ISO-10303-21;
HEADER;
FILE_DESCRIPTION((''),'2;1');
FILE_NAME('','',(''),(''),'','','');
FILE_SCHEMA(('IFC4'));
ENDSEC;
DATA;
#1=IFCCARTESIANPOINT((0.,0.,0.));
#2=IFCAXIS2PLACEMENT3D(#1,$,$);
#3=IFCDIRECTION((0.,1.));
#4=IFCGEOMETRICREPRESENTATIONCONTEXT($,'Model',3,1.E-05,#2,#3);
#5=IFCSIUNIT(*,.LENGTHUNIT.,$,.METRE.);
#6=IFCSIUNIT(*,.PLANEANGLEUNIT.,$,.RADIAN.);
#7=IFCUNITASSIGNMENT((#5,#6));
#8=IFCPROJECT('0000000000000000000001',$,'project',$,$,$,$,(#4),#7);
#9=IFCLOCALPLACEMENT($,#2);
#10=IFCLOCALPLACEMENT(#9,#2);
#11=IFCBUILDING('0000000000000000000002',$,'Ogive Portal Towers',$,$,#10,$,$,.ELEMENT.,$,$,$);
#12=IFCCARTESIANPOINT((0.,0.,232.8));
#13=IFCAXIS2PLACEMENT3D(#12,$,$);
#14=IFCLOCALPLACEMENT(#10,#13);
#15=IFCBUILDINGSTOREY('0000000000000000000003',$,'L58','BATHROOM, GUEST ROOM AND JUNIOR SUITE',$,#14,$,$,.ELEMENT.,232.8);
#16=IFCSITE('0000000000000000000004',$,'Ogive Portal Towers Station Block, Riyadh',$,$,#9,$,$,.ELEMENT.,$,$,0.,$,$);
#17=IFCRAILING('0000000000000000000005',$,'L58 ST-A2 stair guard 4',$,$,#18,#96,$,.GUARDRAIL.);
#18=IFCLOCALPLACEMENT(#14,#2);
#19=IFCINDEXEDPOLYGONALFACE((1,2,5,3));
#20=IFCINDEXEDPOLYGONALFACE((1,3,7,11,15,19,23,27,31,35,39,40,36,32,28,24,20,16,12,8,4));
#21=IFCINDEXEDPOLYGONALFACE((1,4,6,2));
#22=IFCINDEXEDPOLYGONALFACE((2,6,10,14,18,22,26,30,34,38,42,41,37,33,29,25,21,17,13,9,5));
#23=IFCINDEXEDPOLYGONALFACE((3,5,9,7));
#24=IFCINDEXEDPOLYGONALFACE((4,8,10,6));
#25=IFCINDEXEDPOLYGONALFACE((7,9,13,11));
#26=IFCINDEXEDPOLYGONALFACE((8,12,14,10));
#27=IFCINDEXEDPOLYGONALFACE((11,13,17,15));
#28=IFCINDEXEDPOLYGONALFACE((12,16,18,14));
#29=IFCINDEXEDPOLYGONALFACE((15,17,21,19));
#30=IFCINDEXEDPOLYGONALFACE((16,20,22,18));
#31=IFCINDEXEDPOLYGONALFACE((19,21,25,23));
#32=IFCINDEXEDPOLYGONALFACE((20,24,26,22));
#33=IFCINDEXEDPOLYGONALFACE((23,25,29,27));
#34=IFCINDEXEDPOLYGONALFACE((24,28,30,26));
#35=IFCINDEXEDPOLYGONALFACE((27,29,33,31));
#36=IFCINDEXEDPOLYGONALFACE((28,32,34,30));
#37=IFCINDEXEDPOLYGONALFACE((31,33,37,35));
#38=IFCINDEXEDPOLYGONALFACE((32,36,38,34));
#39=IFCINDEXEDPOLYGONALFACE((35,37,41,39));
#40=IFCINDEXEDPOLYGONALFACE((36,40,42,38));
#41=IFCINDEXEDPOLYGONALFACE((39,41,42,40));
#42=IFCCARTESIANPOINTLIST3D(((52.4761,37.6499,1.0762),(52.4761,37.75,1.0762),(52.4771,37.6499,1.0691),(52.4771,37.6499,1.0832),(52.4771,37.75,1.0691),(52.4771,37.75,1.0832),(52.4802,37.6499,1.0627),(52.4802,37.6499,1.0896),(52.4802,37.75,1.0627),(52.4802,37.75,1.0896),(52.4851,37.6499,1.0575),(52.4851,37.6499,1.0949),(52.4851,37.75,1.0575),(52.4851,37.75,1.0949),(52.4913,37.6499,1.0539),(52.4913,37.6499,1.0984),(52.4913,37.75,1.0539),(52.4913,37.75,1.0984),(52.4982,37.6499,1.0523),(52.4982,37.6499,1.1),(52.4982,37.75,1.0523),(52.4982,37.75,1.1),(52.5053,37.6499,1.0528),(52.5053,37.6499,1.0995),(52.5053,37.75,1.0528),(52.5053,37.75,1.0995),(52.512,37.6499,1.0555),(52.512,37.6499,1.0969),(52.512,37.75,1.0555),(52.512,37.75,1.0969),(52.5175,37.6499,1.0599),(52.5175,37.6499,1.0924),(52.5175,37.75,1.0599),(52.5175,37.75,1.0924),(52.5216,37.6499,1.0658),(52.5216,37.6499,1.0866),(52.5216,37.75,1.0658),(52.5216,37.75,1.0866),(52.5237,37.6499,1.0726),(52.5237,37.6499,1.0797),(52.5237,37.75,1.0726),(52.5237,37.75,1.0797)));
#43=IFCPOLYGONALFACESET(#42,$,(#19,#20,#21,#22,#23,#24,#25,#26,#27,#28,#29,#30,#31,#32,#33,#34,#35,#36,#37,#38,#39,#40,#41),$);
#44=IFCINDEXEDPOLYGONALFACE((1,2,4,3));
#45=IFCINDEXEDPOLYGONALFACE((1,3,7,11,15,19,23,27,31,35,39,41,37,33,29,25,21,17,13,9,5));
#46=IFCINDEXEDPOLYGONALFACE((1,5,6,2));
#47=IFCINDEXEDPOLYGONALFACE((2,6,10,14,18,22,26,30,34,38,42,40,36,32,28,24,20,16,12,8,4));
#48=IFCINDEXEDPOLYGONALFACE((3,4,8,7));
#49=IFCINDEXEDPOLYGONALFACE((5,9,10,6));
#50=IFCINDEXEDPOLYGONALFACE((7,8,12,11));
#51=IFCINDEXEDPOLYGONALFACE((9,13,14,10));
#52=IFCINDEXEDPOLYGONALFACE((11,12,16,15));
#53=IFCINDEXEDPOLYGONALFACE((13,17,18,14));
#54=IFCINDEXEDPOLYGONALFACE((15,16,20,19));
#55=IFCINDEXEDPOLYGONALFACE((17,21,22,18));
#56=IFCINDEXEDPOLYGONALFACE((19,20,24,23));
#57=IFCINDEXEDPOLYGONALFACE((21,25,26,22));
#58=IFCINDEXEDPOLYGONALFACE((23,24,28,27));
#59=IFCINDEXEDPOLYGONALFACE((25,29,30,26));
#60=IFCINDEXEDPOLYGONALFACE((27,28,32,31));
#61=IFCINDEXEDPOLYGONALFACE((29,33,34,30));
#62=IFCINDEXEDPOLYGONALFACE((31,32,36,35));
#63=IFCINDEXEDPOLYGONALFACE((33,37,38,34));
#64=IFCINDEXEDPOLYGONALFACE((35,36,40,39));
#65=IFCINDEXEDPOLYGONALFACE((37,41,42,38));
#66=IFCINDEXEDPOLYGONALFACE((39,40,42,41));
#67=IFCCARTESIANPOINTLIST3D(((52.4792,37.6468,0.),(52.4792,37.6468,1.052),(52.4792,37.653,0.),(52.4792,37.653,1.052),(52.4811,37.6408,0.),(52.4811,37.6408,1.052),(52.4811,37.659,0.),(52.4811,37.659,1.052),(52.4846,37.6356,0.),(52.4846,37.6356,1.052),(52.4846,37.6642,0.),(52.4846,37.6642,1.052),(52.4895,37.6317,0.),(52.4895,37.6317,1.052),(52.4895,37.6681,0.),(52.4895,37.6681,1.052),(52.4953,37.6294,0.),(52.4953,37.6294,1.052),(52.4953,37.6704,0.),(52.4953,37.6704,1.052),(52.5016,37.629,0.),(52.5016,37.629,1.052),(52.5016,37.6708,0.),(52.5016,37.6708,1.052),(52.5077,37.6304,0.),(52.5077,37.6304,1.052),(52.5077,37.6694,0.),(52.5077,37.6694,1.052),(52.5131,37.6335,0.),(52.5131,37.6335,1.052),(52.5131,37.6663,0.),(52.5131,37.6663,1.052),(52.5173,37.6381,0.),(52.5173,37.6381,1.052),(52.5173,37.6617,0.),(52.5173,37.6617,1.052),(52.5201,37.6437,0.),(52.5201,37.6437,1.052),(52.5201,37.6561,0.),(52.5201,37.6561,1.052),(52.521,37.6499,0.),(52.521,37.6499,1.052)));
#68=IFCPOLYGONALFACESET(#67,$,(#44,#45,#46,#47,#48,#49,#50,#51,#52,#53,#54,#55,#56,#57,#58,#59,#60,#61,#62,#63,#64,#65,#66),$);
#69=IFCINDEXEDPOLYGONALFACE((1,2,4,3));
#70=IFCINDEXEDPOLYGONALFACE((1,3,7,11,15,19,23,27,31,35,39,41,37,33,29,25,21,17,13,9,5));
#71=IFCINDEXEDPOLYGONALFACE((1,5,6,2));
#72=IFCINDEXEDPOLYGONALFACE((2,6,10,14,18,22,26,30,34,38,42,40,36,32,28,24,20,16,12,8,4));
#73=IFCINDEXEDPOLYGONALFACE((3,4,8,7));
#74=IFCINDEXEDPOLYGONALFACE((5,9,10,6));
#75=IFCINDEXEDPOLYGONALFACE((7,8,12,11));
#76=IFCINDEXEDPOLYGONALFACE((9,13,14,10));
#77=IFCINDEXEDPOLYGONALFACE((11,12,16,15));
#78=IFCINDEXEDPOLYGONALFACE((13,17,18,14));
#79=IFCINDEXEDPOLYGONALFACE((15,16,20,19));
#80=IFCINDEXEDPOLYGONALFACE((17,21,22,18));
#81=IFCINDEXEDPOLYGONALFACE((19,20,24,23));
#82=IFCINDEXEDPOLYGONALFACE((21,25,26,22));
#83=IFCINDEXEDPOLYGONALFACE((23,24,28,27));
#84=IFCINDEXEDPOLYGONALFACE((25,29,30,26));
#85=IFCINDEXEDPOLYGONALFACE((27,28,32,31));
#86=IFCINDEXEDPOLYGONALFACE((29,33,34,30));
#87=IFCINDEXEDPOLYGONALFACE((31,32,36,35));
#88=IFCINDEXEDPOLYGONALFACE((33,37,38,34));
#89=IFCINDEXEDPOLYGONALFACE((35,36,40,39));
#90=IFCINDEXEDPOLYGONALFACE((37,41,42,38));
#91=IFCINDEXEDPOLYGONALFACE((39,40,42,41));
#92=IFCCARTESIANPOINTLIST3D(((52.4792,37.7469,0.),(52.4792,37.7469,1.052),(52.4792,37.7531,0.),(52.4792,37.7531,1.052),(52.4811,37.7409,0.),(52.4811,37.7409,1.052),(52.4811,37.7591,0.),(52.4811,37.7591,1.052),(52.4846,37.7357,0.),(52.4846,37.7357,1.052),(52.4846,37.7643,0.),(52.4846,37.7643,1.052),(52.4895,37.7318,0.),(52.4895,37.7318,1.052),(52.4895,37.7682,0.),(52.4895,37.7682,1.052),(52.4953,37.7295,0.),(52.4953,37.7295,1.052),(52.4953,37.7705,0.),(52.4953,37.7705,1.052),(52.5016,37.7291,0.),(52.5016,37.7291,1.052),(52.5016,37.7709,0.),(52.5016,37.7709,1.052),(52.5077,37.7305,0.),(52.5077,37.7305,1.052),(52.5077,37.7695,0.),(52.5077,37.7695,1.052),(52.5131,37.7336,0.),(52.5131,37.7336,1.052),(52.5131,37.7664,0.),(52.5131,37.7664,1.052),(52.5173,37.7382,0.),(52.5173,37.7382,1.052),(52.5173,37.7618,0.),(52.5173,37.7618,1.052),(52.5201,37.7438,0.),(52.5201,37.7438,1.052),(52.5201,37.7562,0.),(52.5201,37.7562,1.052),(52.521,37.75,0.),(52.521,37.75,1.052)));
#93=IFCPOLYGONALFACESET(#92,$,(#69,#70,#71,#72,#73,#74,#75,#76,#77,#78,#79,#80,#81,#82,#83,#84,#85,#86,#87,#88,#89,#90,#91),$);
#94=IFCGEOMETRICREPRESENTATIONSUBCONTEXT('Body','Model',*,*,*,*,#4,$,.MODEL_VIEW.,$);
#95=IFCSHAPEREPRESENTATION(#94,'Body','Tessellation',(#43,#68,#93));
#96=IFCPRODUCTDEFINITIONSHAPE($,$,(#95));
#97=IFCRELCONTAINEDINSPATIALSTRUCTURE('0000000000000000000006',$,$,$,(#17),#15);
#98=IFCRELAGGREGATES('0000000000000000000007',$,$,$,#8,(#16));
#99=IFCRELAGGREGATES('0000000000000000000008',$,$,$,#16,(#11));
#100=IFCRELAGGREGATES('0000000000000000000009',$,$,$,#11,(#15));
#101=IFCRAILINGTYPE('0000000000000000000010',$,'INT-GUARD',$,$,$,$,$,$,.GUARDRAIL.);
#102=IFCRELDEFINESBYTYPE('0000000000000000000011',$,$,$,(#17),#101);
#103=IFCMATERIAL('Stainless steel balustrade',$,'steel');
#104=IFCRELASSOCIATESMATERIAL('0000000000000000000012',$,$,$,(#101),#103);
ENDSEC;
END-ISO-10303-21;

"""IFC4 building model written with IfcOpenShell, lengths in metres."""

from ifc_helpers import new_model, si_unit, direction, frame, origin, origin_2d, place, context, subcontext, project, spatial, circle, extrude, material, type_object, element, save


model = new_model("IFC4")

# Units and contexts
model_context = context("Model", 3, precision=1e-05, world=origin(), true_north=direction((0.0, 1.0)))
body_context = subcontext(model_context, "Body", "Model", "MODEL_VIEW")
ifc_project = project(units=[si_unit("LENGTHUNIT", "METRE"), si_unit("PLANEANGLEUNIT", "RADIAN")], contexts=[model_context])

# Site, building, storey
site_placement = place(None, origin())
site = spatial("IfcSite", under=ifc_project, at=site_placement, Name="Ogive Portal Towers Station Block, Riyadh", CompositionType="ELEMENT", RefElevation=0.0)
building_placement = place(site_placement, origin())
building = spatial("IfcBuilding", under=site, at=building_placement, Name="Ogive Portal Towers", CompositionType="ELEMENT")
storey_placement = place(building_placement, frame((0.0, 0.0, 232.8)))
storey = spatial("IfcBuildingStorey", under=building, at=storey_placement, Name="L58", Description="BATHROOM, GUEST ROOM AND JUNIOR SUITE", CompositionType="ELEMENT", Elevation=232.8)

# Railing
ifc_material_1 = material(Name="Stainless steel balustrade", Category="steel")
railing_type_1 = type_object("IfcRailingType", Name="INT-GUARD", PredefinedType="GUARDRAIL", material=ifc_material_1)
railing_1_placement = place(storey_placement, frame((52.5, 37.6499, 0.0)))
element("IfcRailing", 1, at=railing_1_placement, inside=storey, type_object=railing_type_1, Name="L58 ST-A2 stair guard 4", PredefinedType="GUARDRAIL", context=body_context, shape_type="SweptSolid", body=[
    extrude(circle(Radius=0.0239, at=origin_2d()), frame((0.0, 0.0, 1.0762), z_axis=(0.0, 1.0, 0.0), x_axis=(-1.0, 0.0, 0.0)), (0.0, 0.0, 1.0), 0.1001),
    extrude(circle(Radius=0.021, at=origin_2d()), origin(), (0.0, 0.0, 1.0), 1.052),
    extrude(circle(Radius=0.021, at=origin_2d()), frame((0.0, 0.1001, 0.0)), (0.0, 0.0, 1.0), 1.052),
])

save(model, "model.ifc")
